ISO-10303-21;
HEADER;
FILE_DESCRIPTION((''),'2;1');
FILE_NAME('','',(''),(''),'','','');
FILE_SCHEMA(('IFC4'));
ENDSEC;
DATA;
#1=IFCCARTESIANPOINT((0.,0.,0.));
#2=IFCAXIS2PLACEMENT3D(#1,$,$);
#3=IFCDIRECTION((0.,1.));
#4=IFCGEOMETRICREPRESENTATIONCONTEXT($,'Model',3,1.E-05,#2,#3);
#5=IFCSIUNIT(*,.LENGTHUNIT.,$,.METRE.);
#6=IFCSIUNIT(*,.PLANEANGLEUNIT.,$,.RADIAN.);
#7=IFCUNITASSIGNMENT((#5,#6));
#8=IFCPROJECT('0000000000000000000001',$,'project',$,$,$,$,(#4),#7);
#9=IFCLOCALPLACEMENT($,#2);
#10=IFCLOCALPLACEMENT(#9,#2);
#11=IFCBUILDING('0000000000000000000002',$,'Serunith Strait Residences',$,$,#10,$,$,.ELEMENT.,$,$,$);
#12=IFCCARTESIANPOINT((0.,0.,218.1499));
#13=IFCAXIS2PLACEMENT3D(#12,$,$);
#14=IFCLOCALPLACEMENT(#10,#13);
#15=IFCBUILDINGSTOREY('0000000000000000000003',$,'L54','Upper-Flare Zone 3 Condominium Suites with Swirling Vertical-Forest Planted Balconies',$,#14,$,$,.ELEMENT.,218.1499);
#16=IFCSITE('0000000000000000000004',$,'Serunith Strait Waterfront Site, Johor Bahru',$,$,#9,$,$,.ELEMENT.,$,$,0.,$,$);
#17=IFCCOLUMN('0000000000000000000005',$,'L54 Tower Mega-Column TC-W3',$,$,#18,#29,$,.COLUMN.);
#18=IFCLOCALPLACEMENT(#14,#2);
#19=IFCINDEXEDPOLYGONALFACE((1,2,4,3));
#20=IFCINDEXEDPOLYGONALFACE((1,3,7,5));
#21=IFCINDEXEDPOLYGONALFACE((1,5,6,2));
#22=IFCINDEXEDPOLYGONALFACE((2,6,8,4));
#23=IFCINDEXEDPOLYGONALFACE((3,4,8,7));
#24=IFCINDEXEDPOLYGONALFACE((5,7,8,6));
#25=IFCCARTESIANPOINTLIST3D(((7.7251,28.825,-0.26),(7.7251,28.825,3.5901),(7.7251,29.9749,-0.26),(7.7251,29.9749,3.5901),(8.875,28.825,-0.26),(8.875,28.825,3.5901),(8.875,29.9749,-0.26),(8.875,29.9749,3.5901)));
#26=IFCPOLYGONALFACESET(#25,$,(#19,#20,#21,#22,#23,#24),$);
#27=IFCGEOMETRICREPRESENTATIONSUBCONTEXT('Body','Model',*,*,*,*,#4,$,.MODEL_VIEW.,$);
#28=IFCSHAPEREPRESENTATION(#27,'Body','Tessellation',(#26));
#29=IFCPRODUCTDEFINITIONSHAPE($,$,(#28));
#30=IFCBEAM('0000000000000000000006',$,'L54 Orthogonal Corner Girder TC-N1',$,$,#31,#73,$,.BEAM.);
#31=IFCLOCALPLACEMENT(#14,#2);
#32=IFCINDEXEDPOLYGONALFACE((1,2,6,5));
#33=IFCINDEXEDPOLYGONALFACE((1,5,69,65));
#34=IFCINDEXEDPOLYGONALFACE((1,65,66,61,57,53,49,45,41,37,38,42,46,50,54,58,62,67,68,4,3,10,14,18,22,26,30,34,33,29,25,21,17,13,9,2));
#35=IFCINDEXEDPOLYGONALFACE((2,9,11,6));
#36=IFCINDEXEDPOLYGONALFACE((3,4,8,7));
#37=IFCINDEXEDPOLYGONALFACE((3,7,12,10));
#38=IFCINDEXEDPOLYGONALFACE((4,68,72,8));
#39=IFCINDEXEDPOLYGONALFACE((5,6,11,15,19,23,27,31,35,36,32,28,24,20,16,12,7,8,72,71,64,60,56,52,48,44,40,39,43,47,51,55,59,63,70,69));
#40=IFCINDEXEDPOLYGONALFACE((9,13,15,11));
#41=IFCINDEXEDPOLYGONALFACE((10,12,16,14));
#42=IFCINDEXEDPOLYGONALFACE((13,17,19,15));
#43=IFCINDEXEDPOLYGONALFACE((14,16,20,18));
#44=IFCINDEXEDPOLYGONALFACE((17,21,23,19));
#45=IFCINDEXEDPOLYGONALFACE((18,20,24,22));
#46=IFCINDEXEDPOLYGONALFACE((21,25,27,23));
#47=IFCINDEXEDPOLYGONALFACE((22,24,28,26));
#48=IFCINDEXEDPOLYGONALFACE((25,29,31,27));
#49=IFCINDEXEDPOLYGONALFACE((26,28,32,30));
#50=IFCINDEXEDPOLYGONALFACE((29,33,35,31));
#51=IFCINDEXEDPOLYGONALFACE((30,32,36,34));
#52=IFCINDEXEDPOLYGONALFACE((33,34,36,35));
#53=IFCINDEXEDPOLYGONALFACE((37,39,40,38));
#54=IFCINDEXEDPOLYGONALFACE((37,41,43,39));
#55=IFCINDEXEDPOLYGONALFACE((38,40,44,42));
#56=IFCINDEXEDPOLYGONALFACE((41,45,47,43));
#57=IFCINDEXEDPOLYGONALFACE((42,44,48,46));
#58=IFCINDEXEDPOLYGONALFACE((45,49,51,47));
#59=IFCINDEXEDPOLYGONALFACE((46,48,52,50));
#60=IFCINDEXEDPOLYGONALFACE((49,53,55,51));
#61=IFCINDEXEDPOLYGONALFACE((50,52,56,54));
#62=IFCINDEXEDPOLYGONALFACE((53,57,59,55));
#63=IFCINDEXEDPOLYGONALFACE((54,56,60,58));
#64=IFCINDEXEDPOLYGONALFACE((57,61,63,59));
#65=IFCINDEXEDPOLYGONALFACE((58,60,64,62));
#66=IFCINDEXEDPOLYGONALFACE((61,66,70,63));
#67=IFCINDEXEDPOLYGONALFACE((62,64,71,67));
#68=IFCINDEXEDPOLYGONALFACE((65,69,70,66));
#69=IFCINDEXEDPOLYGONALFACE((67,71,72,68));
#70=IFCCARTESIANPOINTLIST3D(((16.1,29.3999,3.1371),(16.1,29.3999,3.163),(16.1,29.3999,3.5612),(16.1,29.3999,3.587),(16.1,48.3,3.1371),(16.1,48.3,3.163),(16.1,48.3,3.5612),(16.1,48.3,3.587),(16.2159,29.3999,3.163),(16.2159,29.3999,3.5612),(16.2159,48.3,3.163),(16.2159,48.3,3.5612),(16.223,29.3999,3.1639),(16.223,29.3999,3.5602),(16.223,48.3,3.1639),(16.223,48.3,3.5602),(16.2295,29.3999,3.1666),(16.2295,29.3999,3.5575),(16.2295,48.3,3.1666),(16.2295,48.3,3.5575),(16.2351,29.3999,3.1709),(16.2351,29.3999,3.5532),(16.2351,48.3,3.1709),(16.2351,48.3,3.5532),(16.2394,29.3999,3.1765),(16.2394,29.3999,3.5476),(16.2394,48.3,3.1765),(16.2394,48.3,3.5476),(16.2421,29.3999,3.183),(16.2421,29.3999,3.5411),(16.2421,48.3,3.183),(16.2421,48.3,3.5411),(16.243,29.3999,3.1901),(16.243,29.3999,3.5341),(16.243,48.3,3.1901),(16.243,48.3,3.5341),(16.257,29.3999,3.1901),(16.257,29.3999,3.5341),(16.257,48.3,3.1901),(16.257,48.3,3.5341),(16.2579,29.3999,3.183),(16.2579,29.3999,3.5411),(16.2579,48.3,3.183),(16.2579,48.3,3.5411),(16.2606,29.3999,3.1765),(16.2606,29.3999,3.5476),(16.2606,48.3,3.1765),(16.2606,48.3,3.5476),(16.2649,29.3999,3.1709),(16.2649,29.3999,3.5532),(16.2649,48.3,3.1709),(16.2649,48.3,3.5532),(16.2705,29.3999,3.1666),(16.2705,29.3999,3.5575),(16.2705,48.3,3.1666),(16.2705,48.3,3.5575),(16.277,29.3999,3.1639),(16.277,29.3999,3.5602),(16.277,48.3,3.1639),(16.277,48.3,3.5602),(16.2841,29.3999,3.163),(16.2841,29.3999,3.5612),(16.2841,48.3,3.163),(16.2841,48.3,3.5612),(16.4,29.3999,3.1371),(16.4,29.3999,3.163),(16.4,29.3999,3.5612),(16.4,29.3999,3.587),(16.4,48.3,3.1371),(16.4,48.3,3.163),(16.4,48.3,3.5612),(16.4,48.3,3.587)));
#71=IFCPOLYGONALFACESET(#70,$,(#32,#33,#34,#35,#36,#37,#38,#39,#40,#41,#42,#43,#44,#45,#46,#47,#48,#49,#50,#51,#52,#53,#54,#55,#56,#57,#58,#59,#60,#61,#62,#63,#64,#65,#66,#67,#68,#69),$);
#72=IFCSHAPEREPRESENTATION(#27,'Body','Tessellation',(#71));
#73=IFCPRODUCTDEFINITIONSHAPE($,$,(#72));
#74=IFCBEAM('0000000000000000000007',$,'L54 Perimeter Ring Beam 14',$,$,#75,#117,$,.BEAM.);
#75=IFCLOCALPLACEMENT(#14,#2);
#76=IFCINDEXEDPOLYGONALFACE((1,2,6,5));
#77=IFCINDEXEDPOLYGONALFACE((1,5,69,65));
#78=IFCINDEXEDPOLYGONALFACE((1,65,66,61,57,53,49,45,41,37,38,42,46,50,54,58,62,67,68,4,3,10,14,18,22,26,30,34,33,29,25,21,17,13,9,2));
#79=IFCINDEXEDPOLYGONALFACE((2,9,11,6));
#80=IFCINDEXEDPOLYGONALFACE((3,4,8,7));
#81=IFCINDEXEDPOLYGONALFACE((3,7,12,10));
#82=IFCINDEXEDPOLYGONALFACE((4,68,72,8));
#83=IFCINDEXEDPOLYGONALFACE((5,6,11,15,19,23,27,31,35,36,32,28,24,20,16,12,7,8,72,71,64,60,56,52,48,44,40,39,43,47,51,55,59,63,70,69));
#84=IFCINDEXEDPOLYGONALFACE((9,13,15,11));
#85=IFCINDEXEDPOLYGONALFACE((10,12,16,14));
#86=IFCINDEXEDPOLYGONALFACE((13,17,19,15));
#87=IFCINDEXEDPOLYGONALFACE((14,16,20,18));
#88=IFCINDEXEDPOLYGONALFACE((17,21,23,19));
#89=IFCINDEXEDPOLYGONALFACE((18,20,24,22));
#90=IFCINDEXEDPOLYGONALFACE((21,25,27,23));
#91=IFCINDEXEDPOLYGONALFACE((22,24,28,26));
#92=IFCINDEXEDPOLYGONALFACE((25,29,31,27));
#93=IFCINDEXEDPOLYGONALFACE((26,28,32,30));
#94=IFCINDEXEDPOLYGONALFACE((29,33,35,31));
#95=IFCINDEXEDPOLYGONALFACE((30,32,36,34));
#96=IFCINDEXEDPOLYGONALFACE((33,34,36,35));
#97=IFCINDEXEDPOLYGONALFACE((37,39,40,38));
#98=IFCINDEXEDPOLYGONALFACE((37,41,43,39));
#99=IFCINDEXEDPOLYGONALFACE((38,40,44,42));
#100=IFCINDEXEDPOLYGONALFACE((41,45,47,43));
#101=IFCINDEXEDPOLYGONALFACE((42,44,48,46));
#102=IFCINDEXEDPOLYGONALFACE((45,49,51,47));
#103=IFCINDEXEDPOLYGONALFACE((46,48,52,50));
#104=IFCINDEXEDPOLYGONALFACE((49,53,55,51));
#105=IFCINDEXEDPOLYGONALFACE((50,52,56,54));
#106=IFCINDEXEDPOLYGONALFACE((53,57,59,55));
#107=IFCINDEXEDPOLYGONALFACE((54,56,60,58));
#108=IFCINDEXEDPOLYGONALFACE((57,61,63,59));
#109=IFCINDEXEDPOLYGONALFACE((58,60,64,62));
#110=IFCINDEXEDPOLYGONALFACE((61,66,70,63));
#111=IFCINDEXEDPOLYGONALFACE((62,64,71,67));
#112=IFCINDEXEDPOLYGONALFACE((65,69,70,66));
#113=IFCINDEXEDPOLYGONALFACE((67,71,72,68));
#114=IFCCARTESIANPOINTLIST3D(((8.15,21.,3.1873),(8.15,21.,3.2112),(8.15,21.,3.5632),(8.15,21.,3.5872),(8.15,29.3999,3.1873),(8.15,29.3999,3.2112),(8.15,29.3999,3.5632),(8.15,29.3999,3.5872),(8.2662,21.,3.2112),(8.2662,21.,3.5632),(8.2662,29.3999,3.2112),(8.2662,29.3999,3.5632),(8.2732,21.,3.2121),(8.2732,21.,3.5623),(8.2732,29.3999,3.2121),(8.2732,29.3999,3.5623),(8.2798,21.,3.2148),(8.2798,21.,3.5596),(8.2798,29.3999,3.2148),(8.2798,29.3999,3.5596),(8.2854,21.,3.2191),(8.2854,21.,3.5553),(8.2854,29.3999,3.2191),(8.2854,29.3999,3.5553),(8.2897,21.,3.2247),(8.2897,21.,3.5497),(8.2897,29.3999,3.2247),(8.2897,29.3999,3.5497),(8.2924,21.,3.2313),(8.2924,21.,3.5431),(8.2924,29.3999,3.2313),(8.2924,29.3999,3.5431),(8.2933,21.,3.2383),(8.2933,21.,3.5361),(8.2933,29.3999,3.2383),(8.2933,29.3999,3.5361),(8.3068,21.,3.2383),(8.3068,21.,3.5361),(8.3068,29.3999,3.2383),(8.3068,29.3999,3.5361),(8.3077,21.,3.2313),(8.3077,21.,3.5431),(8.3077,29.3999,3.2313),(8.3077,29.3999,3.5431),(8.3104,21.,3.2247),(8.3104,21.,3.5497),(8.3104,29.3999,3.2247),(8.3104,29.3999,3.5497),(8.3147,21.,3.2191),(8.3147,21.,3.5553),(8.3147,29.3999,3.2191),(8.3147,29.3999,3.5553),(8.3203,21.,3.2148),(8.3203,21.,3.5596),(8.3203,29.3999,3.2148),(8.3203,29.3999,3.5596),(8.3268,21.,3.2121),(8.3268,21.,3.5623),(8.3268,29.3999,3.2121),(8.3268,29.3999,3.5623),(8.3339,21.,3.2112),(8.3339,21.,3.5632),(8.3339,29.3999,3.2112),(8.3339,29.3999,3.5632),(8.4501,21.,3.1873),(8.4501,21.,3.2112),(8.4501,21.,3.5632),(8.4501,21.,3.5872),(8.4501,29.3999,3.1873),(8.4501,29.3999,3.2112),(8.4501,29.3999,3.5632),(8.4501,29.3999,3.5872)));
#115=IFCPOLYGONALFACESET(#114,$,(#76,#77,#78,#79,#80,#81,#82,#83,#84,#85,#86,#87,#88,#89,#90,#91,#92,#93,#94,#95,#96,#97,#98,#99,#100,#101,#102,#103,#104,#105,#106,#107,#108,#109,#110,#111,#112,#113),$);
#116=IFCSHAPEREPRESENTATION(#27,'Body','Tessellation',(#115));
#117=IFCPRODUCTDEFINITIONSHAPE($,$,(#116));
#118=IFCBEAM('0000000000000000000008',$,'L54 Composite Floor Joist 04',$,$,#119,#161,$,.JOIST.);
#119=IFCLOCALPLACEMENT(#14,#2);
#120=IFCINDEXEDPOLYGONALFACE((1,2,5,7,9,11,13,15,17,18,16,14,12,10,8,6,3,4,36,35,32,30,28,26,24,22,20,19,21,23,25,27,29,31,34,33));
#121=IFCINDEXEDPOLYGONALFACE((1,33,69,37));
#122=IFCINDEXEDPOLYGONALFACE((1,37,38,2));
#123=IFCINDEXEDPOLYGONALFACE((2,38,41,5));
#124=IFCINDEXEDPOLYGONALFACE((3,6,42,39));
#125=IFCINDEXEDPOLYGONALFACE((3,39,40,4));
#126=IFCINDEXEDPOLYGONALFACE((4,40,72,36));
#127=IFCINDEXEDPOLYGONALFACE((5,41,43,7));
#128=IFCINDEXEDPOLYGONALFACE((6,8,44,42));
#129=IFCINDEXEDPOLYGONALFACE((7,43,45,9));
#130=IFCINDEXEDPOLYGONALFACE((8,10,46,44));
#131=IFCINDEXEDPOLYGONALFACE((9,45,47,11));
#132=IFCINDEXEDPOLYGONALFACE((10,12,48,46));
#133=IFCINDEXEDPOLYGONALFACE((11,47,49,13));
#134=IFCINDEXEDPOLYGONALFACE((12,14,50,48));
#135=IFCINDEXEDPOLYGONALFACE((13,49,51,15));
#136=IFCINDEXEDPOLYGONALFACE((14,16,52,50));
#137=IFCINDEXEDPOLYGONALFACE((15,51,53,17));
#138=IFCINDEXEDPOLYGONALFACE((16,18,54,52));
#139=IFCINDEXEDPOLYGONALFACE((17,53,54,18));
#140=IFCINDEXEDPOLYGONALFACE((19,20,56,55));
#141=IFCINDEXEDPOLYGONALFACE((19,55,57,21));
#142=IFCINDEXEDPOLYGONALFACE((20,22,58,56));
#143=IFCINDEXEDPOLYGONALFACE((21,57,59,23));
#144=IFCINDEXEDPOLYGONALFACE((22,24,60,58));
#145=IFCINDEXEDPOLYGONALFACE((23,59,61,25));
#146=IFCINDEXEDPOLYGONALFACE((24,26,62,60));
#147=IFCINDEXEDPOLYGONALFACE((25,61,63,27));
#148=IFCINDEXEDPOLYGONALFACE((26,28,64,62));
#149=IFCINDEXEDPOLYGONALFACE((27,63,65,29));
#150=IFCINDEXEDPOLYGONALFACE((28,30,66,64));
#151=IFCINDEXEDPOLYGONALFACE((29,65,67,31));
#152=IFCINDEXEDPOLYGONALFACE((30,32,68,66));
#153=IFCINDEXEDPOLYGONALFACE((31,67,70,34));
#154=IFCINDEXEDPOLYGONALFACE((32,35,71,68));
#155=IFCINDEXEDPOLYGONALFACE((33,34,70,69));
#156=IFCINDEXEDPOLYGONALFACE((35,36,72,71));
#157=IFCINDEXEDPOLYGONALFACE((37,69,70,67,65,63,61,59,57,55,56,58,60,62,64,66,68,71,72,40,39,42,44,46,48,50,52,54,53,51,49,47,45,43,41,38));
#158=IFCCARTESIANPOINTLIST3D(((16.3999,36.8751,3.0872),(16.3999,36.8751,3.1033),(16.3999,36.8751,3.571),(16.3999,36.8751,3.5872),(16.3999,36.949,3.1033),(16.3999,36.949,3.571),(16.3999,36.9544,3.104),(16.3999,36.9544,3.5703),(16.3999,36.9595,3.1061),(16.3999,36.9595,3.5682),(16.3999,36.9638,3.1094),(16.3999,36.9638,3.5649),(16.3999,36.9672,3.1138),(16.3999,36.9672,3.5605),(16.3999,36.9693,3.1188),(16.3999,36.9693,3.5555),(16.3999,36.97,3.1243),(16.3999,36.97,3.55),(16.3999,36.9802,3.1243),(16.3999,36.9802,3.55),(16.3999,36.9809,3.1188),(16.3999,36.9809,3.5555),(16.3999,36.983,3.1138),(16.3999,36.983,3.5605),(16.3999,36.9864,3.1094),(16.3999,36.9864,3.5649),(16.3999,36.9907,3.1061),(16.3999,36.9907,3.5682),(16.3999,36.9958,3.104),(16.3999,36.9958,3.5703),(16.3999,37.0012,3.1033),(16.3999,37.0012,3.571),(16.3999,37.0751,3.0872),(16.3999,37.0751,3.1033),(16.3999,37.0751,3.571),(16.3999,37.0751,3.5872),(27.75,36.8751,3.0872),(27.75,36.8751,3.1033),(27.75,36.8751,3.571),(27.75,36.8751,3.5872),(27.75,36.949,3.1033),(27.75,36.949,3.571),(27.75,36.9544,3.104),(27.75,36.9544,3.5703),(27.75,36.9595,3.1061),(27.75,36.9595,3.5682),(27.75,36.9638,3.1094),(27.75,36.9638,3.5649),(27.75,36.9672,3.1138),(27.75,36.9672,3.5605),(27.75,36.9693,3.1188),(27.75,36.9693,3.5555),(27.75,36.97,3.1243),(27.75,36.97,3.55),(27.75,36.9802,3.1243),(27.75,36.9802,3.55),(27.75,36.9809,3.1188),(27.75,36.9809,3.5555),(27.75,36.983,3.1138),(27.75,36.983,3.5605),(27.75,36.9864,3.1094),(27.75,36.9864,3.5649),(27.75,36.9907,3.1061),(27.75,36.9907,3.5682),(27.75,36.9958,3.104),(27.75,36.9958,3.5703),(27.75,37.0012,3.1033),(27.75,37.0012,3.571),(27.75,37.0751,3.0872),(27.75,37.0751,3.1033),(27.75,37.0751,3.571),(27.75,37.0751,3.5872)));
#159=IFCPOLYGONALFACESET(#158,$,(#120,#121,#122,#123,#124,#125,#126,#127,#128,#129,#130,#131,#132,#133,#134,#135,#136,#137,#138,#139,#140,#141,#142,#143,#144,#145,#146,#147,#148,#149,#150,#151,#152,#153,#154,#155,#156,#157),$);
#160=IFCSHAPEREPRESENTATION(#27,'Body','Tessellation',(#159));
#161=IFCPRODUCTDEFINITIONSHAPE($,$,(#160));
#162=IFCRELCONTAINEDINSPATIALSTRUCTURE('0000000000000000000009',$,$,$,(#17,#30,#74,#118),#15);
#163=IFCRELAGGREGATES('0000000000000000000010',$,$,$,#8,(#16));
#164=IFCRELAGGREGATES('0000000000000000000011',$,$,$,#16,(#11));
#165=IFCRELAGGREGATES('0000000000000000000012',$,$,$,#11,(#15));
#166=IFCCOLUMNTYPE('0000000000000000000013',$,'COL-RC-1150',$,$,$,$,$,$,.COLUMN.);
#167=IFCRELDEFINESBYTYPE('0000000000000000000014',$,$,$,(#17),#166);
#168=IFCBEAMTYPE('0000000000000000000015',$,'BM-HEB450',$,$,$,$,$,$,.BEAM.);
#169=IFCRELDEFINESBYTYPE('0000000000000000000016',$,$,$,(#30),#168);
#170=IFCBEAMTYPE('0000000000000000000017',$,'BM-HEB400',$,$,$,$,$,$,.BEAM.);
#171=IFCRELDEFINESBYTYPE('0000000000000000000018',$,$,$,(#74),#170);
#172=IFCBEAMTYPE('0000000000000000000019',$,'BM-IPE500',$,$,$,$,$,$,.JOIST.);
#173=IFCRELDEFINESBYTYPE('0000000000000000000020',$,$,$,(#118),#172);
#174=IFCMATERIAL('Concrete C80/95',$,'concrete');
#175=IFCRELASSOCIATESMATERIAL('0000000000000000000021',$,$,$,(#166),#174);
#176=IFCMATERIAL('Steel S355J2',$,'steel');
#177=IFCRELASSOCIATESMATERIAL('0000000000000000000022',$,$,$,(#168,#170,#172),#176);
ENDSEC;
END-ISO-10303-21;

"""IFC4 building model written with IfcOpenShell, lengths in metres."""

from ifc_helpers import new_model, si_unit, direction, frame, origin, origin_2d, place, context, subcontext, project, spatial, rectangle, i_section, extrude, source, transform, mapped, material, material_profile, profile_set, type_object, element, save


model = new_model("IFC4")

# Units and contexts
model_context = context("Model", 3, precision=1e-05, world=origin(), true_north=direction((0.0, 1.0)))
body_context = subcontext(model_context, "Body", "Model", "MODEL_VIEW")
ifc_project = project(units=[si_unit("LENGTHUNIT", "METRE"), si_unit("PLANEANGLEUNIT", "RADIAN")], contexts=[model_context])

# Site, building, storey
site_placement = place(None, origin())
site = spatial("IfcSite", under=ifc_project, at=site_placement, Name="Serunith Strait Waterfront Site, Johor Bahru", CompositionType="ELEMENT", RefElevation=0.0)
building_placement = place(site_placement, origin())
building = spatial("IfcBuilding", under=site, at=building_placement, Name="Serunith Strait Residences", CompositionType="ELEMENT")
storey_placement = place(building_placement, frame((0.0, 0.0, 218.1499)))
storey = spatial("IfcBuildingStorey", under=building, at=storey_placement, Name="L54", Description="Upper-Flare Zone 3 Condominium Suites with Swirling Vertical-Forest Planted Balconies", CompositionType="ELEMENT", Elevation=218.1499)

# Column
ifc_material_1 = material(Name="Concrete C80/95", Category="concrete")
ifc_material_profile_1 = material_profile(ifc_material_1, rectangle(XDim=1.1499, YDim=1.1499, at=origin_2d()), Name="RC 1150x1150")
ifc_profile_set_1 = profile_set([ifc_material_profile_1], Name="Concrete C80/95")
column_type = type_object("IfcColumnType", Name="COL-RC-1150", PredefinedType="COLUMN", material=ifc_profile_set_1)
shared_shape_1 = source(origin(), body_context, "Body", "SweptSolid", [
    extrude(rectangle(XDim=1.1499, YDim=1.1499, at=origin_2d()), origin(), (0.0, 0.0, 1.0), 3.8501),
])
column_placement = place(storey_placement, frame((8.3, 29.3999, -0.26), z_axis=(0.0, 0.0, 1.0), x_axis=(1.0, 0.0, 0.0)))
element("IfcColumn", 1, at=column_placement, inside=storey, type_object=column_type, Name="L54 Tower Mega-Column TC-W3", PredefinedType="COLUMN", context=body_context, shape_type="MappedRepresentation", body=[
    mapped(shared_shape_1, transform((0.0, 0.0, 0.0), scale=1.0)),
])

# Beams
ifc_material_2 = material(Name="Steel S355J2", Category="steel")
ifc_material_profile_2 = material_profile(ifc_material_2, i_section(OverallWidth=0.3, OverallDepth=0.45, WebThickness=0.0139, FlangeThickness=0.0259, FilletRadius=0.0271, at=origin_2d()), Name="HEB 450")
ifc_profile_set_2 = profile_set([ifc_material_profile_2], Name="Steel S355J2")
beam_type_1 = type_object("IfcBeamType", Name="BM-HEB450", PredefinedType="BEAM", material=ifc_profile_set_2)
shared_shape_2 = source(origin(), body_context, "Body", "SweptSolid", [
    extrude(i_section(OverallWidth=0.3, OverallDepth=0.45, WebThickness=0.0139, FlangeThickness=0.0259, FilletRadius=0.0271, at=origin_2d()), origin(), (0.0, 0.0, 1.0), 18.9001),
])
beam_1_placement = place(storey_placement, frame((16.25, 29.3999, 3.3621), z_axis=(0.0, 1.0, 0.0), x_axis=(-1.0, 0.0, 0.0)))
element("IfcBeam", 2, at=beam_1_placement, inside=storey, type_object=beam_type_1, Name="L54 Orthogonal Corner Girder TC-N1", PredefinedType="BEAM", context=body_context, shape_type="MappedRepresentation", body=[
    mapped(shared_shape_2, transform((0.0, 0.0, 0.0), scale=1.0)),
])
ifc_material_profile_3 = material_profile(ifc_material_2, i_section(OverallWidth=0.3, OverallDepth=0.3999, WebThickness=0.0134, FlangeThickness=0.0239, FilletRadius=0.0271, at=origin_2d()), Name="HEB 400")
ifc_profile_set_3 = profile_set([ifc_material_profile_3], Name="Steel S355J2")
beam_type_2 = type_object("IfcBeamType", Name="BM-HEB400", PredefinedType="BEAM", material=ifc_profile_set_3)
shared_shape_3 = source(origin(), body_context, "Body", "SweptSolid", [
    extrude(i_section(OverallWidth=0.3, OverallDepth=0.3999, WebThickness=0.0134, FlangeThickness=0.0239, FilletRadius=0.0271, at=origin_2d()), origin(), (0.0, 0.0, 1.0), 8.3999),
])
beam_2_placement = place(storey_placement, frame((8.3, 29.3999, 3.3872), z_axis=(0.0, -1.0, 0.0), x_axis=(1.0, 0.0, 0.0)))
element("IfcBeam", 3, at=beam_2_placement, inside=storey, type_object=beam_type_2, Name="L54 Perimeter Ring Beam 14", PredefinedType="BEAM", context=body_context, shape_type="MappedRepresentation", body=[
    mapped(shared_shape_3, transform((0.0, 0.0, 0.0), scale=1.0)),
])
ifc_material_profile_4 = material_profile(ifc_material_2, i_section(OverallWidth=0.2, OverallDepth=0.5, WebThickness=0.0103, FlangeThickness=0.0161, FilletRadius=0.021, at=origin_2d()), Name="IPE 500")
ifc_profile_set_4 = profile_set([ifc_material_profile_4], Name="Steel S355J2")
beam_type_3 = type_object("IfcBeamType", Name="BM-IPE500", PredefinedType="JOIST", material=ifc_profile_set_4)
shared_shape_4 = source(origin(), body_context, "Body", "SweptSolid", [
    extrude(i_section(OverallWidth=0.2, OverallDepth=0.5, WebThickness=0.0103, FlangeThickness=0.0161, FilletRadius=0.021, at=origin_2d()), origin(), (0.0, 0.0, 1.0), 11.3501),
])
beam_3_placement = place(storey_placement, frame((16.3999, 36.9751, 3.3372), z_axis=(1.0, 0.0, 0.0), x_axis=(0.0, 1.0, 0.0)))
element("IfcBeam", 4, at=beam_3_placement, inside=storey, type_object=beam_type_3, Name="L54 Composite Floor Joist 04", PredefinedType="JOIST", context=body_context, shape_type="MappedRepresentation", body=[
    mapped(shared_shape_4, transform((0.0, 0.0, 0.0), scale=1.0)),
])

save(model, "model.ifc")
